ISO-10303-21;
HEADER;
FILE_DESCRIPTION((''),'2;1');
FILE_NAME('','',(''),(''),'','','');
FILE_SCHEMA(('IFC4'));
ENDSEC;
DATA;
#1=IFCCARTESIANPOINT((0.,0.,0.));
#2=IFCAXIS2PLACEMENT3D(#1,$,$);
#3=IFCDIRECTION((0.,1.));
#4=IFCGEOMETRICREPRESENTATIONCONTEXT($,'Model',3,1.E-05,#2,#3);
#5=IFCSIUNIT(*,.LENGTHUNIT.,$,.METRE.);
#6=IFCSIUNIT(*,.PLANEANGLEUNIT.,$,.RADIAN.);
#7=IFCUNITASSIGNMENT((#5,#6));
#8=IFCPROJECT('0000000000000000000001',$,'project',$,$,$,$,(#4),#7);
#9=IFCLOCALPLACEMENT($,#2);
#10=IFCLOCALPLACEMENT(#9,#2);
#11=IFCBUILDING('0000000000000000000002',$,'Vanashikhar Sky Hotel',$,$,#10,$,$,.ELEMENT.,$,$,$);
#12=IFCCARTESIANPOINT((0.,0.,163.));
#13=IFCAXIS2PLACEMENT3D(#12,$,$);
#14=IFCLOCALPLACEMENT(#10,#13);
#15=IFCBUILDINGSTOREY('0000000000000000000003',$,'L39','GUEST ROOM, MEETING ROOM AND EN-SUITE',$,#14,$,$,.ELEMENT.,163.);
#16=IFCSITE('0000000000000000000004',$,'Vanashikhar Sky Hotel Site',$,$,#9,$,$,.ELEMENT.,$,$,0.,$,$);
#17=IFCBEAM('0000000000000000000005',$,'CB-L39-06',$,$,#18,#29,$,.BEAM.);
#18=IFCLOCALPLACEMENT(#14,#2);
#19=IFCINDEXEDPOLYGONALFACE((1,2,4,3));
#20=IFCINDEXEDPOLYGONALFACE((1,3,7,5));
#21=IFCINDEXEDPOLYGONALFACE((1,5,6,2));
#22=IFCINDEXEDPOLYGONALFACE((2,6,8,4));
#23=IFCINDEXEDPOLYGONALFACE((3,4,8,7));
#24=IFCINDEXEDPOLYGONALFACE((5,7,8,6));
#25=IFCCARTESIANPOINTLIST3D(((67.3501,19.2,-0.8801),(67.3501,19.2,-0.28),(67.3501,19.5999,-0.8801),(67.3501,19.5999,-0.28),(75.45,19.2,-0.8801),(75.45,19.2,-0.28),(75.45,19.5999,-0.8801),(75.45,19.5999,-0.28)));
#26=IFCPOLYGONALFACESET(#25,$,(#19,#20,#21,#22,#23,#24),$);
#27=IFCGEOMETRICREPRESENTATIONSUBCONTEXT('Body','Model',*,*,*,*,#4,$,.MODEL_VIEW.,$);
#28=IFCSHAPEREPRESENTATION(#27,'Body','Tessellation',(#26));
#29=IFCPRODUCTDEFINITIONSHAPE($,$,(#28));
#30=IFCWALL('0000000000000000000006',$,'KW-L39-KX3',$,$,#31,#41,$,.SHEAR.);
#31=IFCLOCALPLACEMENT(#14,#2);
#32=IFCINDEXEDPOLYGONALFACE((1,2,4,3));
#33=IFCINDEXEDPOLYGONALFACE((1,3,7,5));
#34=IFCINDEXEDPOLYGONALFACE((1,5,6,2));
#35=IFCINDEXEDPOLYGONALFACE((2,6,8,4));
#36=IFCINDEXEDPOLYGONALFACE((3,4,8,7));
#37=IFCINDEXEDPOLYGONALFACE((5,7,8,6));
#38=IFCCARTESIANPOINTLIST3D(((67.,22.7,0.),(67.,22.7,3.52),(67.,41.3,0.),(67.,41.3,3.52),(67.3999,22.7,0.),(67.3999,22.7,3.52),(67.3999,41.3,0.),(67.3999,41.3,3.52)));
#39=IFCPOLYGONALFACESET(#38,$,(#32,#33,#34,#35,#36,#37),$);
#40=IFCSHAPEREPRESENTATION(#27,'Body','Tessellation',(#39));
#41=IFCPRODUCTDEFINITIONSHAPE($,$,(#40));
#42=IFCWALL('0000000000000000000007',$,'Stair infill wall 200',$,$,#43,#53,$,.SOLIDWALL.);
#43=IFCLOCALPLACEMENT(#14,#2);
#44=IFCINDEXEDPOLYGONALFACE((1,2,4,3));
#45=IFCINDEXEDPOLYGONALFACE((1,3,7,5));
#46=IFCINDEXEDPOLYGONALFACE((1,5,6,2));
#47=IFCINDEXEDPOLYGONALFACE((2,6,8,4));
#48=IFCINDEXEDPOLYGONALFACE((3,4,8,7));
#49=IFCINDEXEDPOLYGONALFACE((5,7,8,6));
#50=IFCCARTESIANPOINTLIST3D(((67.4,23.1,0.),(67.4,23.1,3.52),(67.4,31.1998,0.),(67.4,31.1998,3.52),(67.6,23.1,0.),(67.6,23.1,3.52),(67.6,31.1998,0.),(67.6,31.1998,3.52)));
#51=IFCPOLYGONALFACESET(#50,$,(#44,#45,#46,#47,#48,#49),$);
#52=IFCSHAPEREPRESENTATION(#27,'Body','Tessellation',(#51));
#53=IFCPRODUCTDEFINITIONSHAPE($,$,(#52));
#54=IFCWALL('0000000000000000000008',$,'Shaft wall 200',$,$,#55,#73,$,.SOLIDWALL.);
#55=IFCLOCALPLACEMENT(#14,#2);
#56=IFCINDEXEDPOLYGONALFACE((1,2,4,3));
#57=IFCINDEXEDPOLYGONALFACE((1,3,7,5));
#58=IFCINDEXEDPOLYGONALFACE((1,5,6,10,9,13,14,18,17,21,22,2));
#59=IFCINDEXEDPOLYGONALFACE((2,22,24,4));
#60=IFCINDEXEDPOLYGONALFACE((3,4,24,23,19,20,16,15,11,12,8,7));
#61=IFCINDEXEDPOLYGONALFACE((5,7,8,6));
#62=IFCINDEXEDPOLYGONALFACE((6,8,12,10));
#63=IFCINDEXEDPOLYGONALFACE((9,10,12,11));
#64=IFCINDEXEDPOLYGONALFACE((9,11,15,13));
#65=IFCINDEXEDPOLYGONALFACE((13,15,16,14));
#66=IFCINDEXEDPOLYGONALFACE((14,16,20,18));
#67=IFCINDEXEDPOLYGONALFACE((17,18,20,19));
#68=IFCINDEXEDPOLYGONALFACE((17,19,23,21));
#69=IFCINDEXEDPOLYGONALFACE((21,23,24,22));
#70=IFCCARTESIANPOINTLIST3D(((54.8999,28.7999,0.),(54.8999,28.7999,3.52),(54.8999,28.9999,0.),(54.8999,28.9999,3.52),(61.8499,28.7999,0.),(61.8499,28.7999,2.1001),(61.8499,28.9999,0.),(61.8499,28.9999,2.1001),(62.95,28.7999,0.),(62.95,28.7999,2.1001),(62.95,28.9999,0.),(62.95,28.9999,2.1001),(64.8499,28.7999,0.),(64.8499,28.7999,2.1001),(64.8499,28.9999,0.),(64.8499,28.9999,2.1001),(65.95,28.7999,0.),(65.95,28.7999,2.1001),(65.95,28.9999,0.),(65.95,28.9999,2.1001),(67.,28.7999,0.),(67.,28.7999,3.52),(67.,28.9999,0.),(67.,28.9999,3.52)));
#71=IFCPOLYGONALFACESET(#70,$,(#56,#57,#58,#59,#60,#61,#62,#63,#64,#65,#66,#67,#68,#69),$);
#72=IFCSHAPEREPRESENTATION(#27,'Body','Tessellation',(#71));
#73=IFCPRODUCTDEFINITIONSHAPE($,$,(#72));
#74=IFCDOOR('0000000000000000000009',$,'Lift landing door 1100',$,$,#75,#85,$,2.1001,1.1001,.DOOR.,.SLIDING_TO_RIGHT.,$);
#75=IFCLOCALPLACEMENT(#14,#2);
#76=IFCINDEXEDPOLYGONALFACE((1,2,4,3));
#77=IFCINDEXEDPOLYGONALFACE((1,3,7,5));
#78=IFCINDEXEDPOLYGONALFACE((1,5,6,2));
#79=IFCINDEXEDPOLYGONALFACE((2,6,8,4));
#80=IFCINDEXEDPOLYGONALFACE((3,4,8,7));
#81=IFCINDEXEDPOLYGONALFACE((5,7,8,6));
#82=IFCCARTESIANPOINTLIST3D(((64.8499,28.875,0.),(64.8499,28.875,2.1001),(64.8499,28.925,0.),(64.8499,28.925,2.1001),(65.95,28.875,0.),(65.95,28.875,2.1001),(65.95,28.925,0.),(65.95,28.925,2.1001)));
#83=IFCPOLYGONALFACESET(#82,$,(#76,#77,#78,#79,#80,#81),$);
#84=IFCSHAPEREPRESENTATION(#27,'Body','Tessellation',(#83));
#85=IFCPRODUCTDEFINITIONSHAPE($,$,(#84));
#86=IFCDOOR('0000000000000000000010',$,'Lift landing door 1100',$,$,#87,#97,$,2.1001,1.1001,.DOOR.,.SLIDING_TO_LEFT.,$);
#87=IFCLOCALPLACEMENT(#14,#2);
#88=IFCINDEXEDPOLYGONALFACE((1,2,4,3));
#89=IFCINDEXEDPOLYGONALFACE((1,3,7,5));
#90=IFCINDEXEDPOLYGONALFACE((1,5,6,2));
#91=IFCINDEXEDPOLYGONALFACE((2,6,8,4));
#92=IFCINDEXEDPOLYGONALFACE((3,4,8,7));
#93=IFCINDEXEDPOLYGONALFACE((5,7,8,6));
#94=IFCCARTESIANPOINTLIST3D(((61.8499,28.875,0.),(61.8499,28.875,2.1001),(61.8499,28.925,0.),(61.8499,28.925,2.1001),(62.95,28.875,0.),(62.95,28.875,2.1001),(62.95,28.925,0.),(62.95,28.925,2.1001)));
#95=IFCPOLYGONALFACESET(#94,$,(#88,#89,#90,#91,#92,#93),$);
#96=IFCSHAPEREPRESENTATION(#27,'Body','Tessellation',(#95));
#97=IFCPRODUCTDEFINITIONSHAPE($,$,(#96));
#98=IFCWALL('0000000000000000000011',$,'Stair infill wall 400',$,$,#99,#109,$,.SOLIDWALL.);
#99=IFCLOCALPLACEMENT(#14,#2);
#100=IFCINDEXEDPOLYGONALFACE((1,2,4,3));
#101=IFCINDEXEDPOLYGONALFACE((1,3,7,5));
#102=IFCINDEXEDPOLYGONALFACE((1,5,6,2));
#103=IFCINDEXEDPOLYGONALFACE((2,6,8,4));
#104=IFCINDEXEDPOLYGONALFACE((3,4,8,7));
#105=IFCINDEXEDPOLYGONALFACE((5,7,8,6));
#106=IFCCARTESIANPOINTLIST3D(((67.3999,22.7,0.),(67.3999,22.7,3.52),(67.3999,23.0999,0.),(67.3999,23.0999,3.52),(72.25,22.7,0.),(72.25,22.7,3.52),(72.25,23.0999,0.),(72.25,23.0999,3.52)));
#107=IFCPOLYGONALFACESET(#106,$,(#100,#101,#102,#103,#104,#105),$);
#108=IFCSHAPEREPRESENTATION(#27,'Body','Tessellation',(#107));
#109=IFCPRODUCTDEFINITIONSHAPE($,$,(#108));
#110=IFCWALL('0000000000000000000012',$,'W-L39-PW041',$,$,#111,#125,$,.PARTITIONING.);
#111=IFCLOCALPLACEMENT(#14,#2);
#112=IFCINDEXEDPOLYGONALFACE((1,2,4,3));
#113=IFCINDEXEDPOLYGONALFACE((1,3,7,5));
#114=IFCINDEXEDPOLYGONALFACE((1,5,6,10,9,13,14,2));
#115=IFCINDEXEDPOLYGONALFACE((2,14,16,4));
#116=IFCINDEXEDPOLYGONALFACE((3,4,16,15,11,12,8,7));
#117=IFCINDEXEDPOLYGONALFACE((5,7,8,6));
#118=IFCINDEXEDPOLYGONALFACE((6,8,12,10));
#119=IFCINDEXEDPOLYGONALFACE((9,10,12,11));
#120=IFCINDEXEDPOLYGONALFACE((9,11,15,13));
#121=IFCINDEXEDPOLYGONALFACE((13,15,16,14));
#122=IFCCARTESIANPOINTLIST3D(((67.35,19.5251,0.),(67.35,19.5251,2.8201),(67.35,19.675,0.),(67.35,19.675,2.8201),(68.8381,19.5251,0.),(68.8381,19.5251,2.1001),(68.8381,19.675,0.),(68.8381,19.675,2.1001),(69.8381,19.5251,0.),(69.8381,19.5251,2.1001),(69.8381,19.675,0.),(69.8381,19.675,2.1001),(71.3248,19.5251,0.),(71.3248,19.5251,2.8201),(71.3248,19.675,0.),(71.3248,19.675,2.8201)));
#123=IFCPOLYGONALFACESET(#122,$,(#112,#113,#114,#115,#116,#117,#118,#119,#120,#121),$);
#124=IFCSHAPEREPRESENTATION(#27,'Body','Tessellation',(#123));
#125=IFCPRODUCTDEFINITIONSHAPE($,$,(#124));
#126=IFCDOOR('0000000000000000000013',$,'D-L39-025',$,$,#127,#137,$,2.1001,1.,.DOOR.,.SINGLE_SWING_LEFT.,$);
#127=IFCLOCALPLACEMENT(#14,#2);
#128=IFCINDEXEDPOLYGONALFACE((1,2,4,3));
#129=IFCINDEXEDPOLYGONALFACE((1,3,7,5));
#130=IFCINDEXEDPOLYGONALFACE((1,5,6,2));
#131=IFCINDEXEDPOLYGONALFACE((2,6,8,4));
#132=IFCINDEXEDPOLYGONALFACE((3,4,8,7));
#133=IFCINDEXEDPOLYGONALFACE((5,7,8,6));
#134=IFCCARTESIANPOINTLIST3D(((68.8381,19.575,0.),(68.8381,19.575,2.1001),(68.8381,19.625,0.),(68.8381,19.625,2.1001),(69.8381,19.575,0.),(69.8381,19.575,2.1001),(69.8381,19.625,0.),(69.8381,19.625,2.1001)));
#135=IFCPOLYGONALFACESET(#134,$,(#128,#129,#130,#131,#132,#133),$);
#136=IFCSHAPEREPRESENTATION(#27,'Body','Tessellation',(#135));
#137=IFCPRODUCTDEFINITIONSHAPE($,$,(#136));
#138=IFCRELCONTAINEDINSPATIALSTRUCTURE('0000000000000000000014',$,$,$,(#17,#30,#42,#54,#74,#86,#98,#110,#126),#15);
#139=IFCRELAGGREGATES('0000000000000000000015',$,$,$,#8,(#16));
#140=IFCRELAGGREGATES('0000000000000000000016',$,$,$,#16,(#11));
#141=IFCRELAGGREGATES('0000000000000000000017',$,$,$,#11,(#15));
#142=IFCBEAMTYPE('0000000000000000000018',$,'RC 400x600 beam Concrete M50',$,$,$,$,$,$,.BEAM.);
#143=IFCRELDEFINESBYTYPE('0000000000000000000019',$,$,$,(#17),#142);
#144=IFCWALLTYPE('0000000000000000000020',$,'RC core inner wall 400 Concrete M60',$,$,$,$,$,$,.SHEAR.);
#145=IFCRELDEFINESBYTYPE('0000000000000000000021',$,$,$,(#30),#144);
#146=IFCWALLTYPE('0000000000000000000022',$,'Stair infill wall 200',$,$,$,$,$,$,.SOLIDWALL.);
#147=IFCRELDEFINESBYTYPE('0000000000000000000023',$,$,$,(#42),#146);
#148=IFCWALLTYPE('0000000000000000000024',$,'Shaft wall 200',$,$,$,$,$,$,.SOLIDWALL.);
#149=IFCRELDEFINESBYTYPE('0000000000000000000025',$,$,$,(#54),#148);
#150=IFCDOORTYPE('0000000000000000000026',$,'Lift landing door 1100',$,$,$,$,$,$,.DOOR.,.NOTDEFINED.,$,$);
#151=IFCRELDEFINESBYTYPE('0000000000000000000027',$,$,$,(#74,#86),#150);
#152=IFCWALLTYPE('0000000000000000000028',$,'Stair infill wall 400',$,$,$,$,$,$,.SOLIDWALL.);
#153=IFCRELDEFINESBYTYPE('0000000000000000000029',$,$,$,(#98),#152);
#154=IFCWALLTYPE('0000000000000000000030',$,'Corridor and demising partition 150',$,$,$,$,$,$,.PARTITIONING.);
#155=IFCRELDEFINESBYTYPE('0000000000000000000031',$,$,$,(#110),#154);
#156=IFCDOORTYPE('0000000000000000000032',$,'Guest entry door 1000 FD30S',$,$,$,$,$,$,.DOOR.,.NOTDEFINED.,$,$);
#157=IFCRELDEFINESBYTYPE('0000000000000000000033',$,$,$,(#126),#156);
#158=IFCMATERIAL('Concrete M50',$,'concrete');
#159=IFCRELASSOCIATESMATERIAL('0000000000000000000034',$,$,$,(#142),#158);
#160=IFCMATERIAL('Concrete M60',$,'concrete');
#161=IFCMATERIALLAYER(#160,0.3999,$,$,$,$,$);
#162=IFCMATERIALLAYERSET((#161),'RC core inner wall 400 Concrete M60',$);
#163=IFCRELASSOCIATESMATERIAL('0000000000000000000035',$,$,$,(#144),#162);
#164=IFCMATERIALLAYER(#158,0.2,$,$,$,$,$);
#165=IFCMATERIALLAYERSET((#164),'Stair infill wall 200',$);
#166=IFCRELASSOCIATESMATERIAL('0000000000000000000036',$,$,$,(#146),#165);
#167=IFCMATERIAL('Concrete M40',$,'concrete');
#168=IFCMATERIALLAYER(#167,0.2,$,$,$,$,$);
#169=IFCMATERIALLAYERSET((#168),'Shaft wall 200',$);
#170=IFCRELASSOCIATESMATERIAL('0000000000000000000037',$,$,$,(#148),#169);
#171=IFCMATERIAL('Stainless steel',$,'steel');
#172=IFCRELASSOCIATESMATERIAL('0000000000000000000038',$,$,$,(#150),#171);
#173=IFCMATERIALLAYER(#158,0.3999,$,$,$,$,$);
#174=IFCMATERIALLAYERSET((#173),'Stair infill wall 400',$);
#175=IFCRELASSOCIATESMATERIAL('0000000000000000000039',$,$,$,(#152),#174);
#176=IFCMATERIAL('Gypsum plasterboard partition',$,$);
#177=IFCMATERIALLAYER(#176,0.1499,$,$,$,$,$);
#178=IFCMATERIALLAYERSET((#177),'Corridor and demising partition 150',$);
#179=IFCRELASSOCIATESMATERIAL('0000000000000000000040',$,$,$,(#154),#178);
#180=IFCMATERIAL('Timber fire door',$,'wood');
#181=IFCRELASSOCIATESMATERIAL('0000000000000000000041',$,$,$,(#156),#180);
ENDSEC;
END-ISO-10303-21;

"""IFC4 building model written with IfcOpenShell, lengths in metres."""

from ifc_helpers import new_model, si_unit, direction, frame, frame_2d, origin, origin_2d, place, context, subcontext, project, spatial, rectangle, extrude, source, transform, mapped, material, layer, layer_set, material_profile, profile_set, type_object, element, fill, save


model = new_model("IFC4")

# Units and contexts
model_context = context("Model", 3, precision=1e-05, world=origin(), true_north=direction((0.0, 1.0)))
body_context = subcontext(model_context, "Body", "Model", "MODEL_VIEW")
ifc_project = project(units=[si_unit("LENGTHUNIT", "METRE"), si_unit("PLANEANGLEUNIT", "RADIAN")], contexts=[model_context])

# Site, building, storey
site_placement = place(None, origin())
site = spatial("IfcSite", under=ifc_project, at=site_placement, Name="Vanashikhar Sky Hotel Site", CompositionType="ELEMENT", RefElevation=0.0)
building_placement = place(site_placement, origin())
building = spatial("IfcBuilding", under=site, at=building_placement, Name="Vanashikhar Sky Hotel", CompositionType="ELEMENT")
storey_placement = place(building_placement, frame((0.0, 0.0, 163.0)))
storey = spatial("IfcBuildingStorey", under=building, at=storey_placement, Name="L39", Description="GUEST ROOM, MEETING ROOM AND EN-SUITE", CompositionType="ELEMENT", Elevation=163.0)

# Beam
ifc_material_1 = material(Name="Concrete M50", Category="concrete")
ifc_material_profile = material_profile(ifc_material_1, rectangle(XDim=0.3999, YDim=0.6001, at=origin_2d()))
ifc_profile_set = profile_set([ifc_material_profile], Name="RC 400x600 beam Concrete M50")
beam_type = type_object("IfcBeamType", Name="RC 400x600 beam Concrete M50", PredefinedType="BEAM", material=ifc_profile_set)
shared_shape_1 = source(origin(), body_context, "Body", "SweptSolid", [
    extrude(rectangle(XDim=0.3999, YDim=0.6001, at=origin_2d()), origin(), (0.0, 0.0, 1.0), 8.0999),
])
beam_placement = place(storey_placement, frame((67.3501, 19.3999, -0.5801), z_axis=(1.0, 0.0, 0.0), x_axis=(0.0, 1.0, 0.0)))
element("IfcBeam", 1, at=beam_placement, inside=storey, type_object=beam_type, Name="CB-L39-06", PredefinedType="BEAM", context=body_context, shape_type="MappedRepresentation", body=[
    mapped(shared_shape_1, transform((0.0, 0.0, 0.0), scale=1.0)),
])

# Walls
ifc_material_2 = material(Name="Concrete M60", Category="concrete")
ifc_layer_1 = layer(ifc_material_2, 0.3999)
ifc_layer_set_1 = layer_set([ifc_layer_1], Name="RC core inner wall 400 Concrete M60")
wall_type_1 = type_object("IfcWallType", Name="RC core inner wall 400 Concrete M60", PredefinedType="SHEAR", material=ifc_layer_set_1)
shared_shape_2 = source(origin(), body_context, "Body", "SweptSolid", [
    extrude(rectangle(XDim=18.6001, YDim=0.3999, at=frame_2d((9.3, 0.0))), origin(), (0.0, 0.0, 1.0), 3.52),
])
wall_1_placement = place(storey_placement, frame((67.2, 22.7, 0.0), z_axis=(0.0, 0.0, 1.0), x_axis=(0.0, 1.0, 0.0)))
element("IfcWall", 2, at=wall_1_placement, inside=storey, type_object=wall_type_1, Name="KW-L39-KX3", PredefinedType="SHEAR", context=body_context, shape_type="MappedRepresentation", body=[
    mapped(shared_shape_2, transform((0.0, 0.0, 0.0), scale=1.0)),
])
ifc_layer_2 = layer(ifc_material_1, 0.2)
ifc_layer_set_2 = layer_set([ifc_layer_2], Name="Stair infill wall 200")
wall_type_2 = type_object("IfcWallType", Name="Stair infill wall 200", PredefinedType="SOLIDWALL", material=ifc_layer_set_2)
shared_shape_3 = source(origin(), body_context, "Body", "SweptSolid", [
    extrude(rectangle(XDim=8.0999, YDim=0.2, at=frame_2d((4.0498, 0.0))), origin(), (0.0, 0.0, 1.0), 3.52),
])
wall_2_placement = place(storey_placement, frame((67.5, 23.1001, 0.0), z_axis=(0.0, 0.0, 1.0), x_axis=(0.0, 1.0, 0.0)))
element("IfcWall", 3, at=wall_2_placement, inside=storey, type_object=wall_type_2, Name="Stair infill wall 200", PredefinedType="SOLIDWALL", context=body_context, shape_type="MappedRepresentation", body=[
    mapped(shared_shape_3, transform((0.0, 0.0, 0.0), scale=1.0)),
])

# Wall, openings, doors
ifc_material_3 = material(Name="Concrete M40", Category="concrete")
ifc_layer_3 = layer(ifc_material_3, 0.2)
ifc_layer_set_3 = layer_set([ifc_layer_3], Name="Shaft wall 200")
wall_type_3 = type_object("IfcWallType", Name="Shaft wall 200", PredefinedType="SOLIDWALL", material=ifc_layer_set_3)
shared_shape_4 = source(origin(), body_context, "Body", "SweptSolid", [
    extrude(rectangle(XDim=12.1001, YDim=0.2, at=frame_2d((6.05, 0.0))), origin(), (0.0, 0.0, 1.0), 3.52),
])
wall_3_placement = place(storey_placement, frame((67.0, 28.8999, 0.0), z_axis=(0.0, 0.0, 1.0), x_axis=(-1.0, 0.0, 0.0)))
wall_3 = element("IfcWall", 4, at=wall_3_placement, inside=storey, type_object=wall_type_3, Name="Shaft wall 200", PredefinedType="SOLIDWALL", context=body_context, shape_type="MappedRepresentation", body=[
    mapped(shared_shape_4, transform((0.0, 0.0, 0.0), scale=1.0)),
])
shared_shape_5 = source(origin(), body_context, "Body", "SweptSolid", [
    extrude(rectangle(XDim=1.1001, YDim=2.1001, at=frame_2d((0.55, 1.05))), frame((0.0, 0.1099, 0.0), z_axis=(0.0, -1.0, 0.0), x_axis=(1.0, 0.0, 0.0)), (0.0, 0.0, 1.0), 0.22),
])
opening_1_placement = place(wall_3_placement, frame((1.05, 0.0, 0.0)))
opening_1 = element("IfcOpeningElement", 5, at=opening_1_placement, cuts=wall_3, PredefinedType="OPENING", context=body_context, shape_type="MappedRepresentation", body=[
    mapped(shared_shape_5, transform((0.0, 0.0, 0.0), scale=1.0)),
])
opening_2_placement = place(wall_3_placement, frame((4.05, 0.0, 0.0)))
opening_2 = element("IfcOpeningElement", 6, at=opening_2_placement, cuts=wall_3, PredefinedType="OPENING", context=body_context, shape_type="MappedRepresentation", body=[
    mapped(shared_shape_5, transform((0.0, 0.0, 0.0), scale=1.0)),
])
ifc_material_4 = material(Name="Stainless steel", Category="steel")
door_type_1 = type_object("IfcDoorType", Name="Lift landing door 1100", OperationType="NOTDEFINED", PredefinedType="DOOR", material=ifc_material_4)
shared_shape_6 = source(origin(), body_context, "Body", "SweptSolid", [
    extrude(rectangle(XDim=1.1001, YDim=2.1001, at=frame_2d((0.55, 1.05))), frame((0.0, 0.0249, 0.0), z_axis=(0.0, -1.0, 0.0), x_axis=(1.0, 0.0, 0.0)), (0.0, 0.0, 1.0), 0.05),
])
door_1_placement = place(opening_1_placement, origin())
door_1 = element("IfcDoor", 7, at=door_1_placement, inside=storey, type_object=door_type_1, Name="Lift landing door 1100", OperationType="SLIDING_TO_RIGHT", OverallHeight=2.1001, OverallWidth=1.1001, PredefinedType="DOOR", context=body_context, shape_type="MappedRepresentation", body=[
    mapped(shared_shape_6, transform((0.0, 0.0, 0.0), scale=1.0)),
])
fill(opening_1, door_1)
door_2_placement = place(opening_2_placement, origin())
door_2 = element("IfcDoor", 8, at=door_2_placement, inside=storey, type_object=door_type_1, Name="Lift landing door 1100", OperationType="SLIDING_TO_LEFT", OverallHeight=2.1001, OverallWidth=1.1001, PredefinedType="DOOR", context=body_context, shape_type="MappedRepresentation", body=[
    mapped(shared_shape_6, transform((0.0, 0.0, 0.0), scale=1.0)),
])
fill(opening_2, door_2)

# Wall
ifc_layer_4 = layer(ifc_material_1, 0.3999)
ifc_layer_set_4 = layer_set([ifc_layer_4], Name="Stair infill wall 400")
wall_type_4 = type_object("IfcWallType", Name="Stair infill wall 400", PredefinedType="SOLIDWALL", material=ifc_layer_set_4)
shared_shape_7 = source(origin(), body_context, "Body", "SweptSolid", [
    extrude(rectangle(XDim=4.8501, YDim=0.3999, at=frame_2d((2.425, 0.0))), origin(), (0.0, 0.0, 1.0), 3.52),
])
wall_4_placement = place(storey_placement, frame((67.3999, 22.8999, 0.0), z_axis=(0.0, 0.0, 1.0), x_axis=(1.0, 0.0, 0.0)))
element("IfcWall", 9, at=wall_4_placement, inside=storey, type_object=wall_type_4, Name="Stair infill wall 400", PredefinedType="SOLIDWALL", context=body_context, shape_type="MappedRepresentation", body=[
    mapped(shared_shape_7, transform((0.0, 0.0, 0.0), scale=1.0)),
])

# Wall, opening, door
ifc_material_5 = material(Name="Gypsum plasterboard partition")
ifc_layer_5 = layer(ifc_material_5, 0.1499)
ifc_layer_set_5 = layer_set([ifc_layer_5], Name="Corridor and demising partition 150")
wall_type_5 = type_object("IfcWallType", Name="Corridor and demising partition 150", PredefinedType="PARTITIONING", material=ifc_layer_set_5)
shared_shape_8 = source(origin(), body_context, "Body", "SweptSolid", [
    extrude(rectangle(XDim=3.9749, YDim=0.1499, at=frame_2d((1.9873, 0.0))), origin(), (0.0, 0.0, 1.0), 2.8201),
])
wall_5_placement = place(storey_placement, frame((67.3501, 19.6001, 0.0), z_axis=(0.0, 0.0, 1.0), x_axis=(1.0, 0.0, 0.0)))
wall_5 = element("IfcWall", 10, at=wall_5_placement, inside=storey, type_object=wall_type_5, Name="W-L39-PW041", PredefinedType="PARTITIONING", context=body_context, shape_type="MappedRepresentation", body=[
    mapped(shared_shape_8, transform((0.0, 0.0, 0.0), scale=1.0)),
])
shared_shape_9 = source(origin(), body_context, "Body", "SweptSolid", [
    extrude(rectangle(XDim=1.0, YDim=2.1001, at=frame_2d((0.5, 1.05))), frame((0.0, 0.085, 0.0), z_axis=(0.0, -1.0, 0.0), x_axis=(1.0, 0.0, 0.0)), (0.0, 0.0, 1.0), 0.1699),
])
opening_3_placement = place(wall_5_placement, frame((1.488, 0.0, 0.0)))
opening_3 = element("IfcOpeningElement", 11, at=opening_3_placement, cuts=wall_5, PredefinedType="OPENING", context=body_context, shape_type="MappedRepresentation", body=[
    mapped(shared_shape_9, transform((0.0, 0.0, 0.0), scale=1.0)),
])
ifc_material_6 = material(Name="Timber fire door", Category="wood")
door_type_2 = type_object("IfcDoorType", Name="Guest entry door 1000 FD30S", OperationType="NOTDEFINED", PredefinedType="DOOR", material=ifc_material_6)
shared_shape_10 = source(origin(), body_context, "Body", "SweptSolid", [
    extrude(rectangle(XDim=1.0, YDim=2.1001, at=frame_2d((0.5, 1.05))), frame((0.0, 0.0249, 0.0), z_axis=(0.0, -1.0, 0.0), x_axis=(1.0, 0.0, 0.0)), (0.0, 0.0, 1.0), 0.05),
])
door_3_placement = place(opening_3_placement, origin())
door_3 = element("IfcDoor", 12, at=door_3_placement, inside=storey, type_object=door_type_2, Name="D-L39-025", OperationType="SINGLE_SWING_LEFT", OverallHeight=2.1001, OverallWidth=1.0, PredefinedType="DOOR", context=body_context, shape_type="MappedRepresentation", body=[
    mapped(shared_shape_10, transform((0.0, 0.0, 0.0), scale=1.0)),
])
fill(opening_3, door_3)

save(model, "model.ifc")
